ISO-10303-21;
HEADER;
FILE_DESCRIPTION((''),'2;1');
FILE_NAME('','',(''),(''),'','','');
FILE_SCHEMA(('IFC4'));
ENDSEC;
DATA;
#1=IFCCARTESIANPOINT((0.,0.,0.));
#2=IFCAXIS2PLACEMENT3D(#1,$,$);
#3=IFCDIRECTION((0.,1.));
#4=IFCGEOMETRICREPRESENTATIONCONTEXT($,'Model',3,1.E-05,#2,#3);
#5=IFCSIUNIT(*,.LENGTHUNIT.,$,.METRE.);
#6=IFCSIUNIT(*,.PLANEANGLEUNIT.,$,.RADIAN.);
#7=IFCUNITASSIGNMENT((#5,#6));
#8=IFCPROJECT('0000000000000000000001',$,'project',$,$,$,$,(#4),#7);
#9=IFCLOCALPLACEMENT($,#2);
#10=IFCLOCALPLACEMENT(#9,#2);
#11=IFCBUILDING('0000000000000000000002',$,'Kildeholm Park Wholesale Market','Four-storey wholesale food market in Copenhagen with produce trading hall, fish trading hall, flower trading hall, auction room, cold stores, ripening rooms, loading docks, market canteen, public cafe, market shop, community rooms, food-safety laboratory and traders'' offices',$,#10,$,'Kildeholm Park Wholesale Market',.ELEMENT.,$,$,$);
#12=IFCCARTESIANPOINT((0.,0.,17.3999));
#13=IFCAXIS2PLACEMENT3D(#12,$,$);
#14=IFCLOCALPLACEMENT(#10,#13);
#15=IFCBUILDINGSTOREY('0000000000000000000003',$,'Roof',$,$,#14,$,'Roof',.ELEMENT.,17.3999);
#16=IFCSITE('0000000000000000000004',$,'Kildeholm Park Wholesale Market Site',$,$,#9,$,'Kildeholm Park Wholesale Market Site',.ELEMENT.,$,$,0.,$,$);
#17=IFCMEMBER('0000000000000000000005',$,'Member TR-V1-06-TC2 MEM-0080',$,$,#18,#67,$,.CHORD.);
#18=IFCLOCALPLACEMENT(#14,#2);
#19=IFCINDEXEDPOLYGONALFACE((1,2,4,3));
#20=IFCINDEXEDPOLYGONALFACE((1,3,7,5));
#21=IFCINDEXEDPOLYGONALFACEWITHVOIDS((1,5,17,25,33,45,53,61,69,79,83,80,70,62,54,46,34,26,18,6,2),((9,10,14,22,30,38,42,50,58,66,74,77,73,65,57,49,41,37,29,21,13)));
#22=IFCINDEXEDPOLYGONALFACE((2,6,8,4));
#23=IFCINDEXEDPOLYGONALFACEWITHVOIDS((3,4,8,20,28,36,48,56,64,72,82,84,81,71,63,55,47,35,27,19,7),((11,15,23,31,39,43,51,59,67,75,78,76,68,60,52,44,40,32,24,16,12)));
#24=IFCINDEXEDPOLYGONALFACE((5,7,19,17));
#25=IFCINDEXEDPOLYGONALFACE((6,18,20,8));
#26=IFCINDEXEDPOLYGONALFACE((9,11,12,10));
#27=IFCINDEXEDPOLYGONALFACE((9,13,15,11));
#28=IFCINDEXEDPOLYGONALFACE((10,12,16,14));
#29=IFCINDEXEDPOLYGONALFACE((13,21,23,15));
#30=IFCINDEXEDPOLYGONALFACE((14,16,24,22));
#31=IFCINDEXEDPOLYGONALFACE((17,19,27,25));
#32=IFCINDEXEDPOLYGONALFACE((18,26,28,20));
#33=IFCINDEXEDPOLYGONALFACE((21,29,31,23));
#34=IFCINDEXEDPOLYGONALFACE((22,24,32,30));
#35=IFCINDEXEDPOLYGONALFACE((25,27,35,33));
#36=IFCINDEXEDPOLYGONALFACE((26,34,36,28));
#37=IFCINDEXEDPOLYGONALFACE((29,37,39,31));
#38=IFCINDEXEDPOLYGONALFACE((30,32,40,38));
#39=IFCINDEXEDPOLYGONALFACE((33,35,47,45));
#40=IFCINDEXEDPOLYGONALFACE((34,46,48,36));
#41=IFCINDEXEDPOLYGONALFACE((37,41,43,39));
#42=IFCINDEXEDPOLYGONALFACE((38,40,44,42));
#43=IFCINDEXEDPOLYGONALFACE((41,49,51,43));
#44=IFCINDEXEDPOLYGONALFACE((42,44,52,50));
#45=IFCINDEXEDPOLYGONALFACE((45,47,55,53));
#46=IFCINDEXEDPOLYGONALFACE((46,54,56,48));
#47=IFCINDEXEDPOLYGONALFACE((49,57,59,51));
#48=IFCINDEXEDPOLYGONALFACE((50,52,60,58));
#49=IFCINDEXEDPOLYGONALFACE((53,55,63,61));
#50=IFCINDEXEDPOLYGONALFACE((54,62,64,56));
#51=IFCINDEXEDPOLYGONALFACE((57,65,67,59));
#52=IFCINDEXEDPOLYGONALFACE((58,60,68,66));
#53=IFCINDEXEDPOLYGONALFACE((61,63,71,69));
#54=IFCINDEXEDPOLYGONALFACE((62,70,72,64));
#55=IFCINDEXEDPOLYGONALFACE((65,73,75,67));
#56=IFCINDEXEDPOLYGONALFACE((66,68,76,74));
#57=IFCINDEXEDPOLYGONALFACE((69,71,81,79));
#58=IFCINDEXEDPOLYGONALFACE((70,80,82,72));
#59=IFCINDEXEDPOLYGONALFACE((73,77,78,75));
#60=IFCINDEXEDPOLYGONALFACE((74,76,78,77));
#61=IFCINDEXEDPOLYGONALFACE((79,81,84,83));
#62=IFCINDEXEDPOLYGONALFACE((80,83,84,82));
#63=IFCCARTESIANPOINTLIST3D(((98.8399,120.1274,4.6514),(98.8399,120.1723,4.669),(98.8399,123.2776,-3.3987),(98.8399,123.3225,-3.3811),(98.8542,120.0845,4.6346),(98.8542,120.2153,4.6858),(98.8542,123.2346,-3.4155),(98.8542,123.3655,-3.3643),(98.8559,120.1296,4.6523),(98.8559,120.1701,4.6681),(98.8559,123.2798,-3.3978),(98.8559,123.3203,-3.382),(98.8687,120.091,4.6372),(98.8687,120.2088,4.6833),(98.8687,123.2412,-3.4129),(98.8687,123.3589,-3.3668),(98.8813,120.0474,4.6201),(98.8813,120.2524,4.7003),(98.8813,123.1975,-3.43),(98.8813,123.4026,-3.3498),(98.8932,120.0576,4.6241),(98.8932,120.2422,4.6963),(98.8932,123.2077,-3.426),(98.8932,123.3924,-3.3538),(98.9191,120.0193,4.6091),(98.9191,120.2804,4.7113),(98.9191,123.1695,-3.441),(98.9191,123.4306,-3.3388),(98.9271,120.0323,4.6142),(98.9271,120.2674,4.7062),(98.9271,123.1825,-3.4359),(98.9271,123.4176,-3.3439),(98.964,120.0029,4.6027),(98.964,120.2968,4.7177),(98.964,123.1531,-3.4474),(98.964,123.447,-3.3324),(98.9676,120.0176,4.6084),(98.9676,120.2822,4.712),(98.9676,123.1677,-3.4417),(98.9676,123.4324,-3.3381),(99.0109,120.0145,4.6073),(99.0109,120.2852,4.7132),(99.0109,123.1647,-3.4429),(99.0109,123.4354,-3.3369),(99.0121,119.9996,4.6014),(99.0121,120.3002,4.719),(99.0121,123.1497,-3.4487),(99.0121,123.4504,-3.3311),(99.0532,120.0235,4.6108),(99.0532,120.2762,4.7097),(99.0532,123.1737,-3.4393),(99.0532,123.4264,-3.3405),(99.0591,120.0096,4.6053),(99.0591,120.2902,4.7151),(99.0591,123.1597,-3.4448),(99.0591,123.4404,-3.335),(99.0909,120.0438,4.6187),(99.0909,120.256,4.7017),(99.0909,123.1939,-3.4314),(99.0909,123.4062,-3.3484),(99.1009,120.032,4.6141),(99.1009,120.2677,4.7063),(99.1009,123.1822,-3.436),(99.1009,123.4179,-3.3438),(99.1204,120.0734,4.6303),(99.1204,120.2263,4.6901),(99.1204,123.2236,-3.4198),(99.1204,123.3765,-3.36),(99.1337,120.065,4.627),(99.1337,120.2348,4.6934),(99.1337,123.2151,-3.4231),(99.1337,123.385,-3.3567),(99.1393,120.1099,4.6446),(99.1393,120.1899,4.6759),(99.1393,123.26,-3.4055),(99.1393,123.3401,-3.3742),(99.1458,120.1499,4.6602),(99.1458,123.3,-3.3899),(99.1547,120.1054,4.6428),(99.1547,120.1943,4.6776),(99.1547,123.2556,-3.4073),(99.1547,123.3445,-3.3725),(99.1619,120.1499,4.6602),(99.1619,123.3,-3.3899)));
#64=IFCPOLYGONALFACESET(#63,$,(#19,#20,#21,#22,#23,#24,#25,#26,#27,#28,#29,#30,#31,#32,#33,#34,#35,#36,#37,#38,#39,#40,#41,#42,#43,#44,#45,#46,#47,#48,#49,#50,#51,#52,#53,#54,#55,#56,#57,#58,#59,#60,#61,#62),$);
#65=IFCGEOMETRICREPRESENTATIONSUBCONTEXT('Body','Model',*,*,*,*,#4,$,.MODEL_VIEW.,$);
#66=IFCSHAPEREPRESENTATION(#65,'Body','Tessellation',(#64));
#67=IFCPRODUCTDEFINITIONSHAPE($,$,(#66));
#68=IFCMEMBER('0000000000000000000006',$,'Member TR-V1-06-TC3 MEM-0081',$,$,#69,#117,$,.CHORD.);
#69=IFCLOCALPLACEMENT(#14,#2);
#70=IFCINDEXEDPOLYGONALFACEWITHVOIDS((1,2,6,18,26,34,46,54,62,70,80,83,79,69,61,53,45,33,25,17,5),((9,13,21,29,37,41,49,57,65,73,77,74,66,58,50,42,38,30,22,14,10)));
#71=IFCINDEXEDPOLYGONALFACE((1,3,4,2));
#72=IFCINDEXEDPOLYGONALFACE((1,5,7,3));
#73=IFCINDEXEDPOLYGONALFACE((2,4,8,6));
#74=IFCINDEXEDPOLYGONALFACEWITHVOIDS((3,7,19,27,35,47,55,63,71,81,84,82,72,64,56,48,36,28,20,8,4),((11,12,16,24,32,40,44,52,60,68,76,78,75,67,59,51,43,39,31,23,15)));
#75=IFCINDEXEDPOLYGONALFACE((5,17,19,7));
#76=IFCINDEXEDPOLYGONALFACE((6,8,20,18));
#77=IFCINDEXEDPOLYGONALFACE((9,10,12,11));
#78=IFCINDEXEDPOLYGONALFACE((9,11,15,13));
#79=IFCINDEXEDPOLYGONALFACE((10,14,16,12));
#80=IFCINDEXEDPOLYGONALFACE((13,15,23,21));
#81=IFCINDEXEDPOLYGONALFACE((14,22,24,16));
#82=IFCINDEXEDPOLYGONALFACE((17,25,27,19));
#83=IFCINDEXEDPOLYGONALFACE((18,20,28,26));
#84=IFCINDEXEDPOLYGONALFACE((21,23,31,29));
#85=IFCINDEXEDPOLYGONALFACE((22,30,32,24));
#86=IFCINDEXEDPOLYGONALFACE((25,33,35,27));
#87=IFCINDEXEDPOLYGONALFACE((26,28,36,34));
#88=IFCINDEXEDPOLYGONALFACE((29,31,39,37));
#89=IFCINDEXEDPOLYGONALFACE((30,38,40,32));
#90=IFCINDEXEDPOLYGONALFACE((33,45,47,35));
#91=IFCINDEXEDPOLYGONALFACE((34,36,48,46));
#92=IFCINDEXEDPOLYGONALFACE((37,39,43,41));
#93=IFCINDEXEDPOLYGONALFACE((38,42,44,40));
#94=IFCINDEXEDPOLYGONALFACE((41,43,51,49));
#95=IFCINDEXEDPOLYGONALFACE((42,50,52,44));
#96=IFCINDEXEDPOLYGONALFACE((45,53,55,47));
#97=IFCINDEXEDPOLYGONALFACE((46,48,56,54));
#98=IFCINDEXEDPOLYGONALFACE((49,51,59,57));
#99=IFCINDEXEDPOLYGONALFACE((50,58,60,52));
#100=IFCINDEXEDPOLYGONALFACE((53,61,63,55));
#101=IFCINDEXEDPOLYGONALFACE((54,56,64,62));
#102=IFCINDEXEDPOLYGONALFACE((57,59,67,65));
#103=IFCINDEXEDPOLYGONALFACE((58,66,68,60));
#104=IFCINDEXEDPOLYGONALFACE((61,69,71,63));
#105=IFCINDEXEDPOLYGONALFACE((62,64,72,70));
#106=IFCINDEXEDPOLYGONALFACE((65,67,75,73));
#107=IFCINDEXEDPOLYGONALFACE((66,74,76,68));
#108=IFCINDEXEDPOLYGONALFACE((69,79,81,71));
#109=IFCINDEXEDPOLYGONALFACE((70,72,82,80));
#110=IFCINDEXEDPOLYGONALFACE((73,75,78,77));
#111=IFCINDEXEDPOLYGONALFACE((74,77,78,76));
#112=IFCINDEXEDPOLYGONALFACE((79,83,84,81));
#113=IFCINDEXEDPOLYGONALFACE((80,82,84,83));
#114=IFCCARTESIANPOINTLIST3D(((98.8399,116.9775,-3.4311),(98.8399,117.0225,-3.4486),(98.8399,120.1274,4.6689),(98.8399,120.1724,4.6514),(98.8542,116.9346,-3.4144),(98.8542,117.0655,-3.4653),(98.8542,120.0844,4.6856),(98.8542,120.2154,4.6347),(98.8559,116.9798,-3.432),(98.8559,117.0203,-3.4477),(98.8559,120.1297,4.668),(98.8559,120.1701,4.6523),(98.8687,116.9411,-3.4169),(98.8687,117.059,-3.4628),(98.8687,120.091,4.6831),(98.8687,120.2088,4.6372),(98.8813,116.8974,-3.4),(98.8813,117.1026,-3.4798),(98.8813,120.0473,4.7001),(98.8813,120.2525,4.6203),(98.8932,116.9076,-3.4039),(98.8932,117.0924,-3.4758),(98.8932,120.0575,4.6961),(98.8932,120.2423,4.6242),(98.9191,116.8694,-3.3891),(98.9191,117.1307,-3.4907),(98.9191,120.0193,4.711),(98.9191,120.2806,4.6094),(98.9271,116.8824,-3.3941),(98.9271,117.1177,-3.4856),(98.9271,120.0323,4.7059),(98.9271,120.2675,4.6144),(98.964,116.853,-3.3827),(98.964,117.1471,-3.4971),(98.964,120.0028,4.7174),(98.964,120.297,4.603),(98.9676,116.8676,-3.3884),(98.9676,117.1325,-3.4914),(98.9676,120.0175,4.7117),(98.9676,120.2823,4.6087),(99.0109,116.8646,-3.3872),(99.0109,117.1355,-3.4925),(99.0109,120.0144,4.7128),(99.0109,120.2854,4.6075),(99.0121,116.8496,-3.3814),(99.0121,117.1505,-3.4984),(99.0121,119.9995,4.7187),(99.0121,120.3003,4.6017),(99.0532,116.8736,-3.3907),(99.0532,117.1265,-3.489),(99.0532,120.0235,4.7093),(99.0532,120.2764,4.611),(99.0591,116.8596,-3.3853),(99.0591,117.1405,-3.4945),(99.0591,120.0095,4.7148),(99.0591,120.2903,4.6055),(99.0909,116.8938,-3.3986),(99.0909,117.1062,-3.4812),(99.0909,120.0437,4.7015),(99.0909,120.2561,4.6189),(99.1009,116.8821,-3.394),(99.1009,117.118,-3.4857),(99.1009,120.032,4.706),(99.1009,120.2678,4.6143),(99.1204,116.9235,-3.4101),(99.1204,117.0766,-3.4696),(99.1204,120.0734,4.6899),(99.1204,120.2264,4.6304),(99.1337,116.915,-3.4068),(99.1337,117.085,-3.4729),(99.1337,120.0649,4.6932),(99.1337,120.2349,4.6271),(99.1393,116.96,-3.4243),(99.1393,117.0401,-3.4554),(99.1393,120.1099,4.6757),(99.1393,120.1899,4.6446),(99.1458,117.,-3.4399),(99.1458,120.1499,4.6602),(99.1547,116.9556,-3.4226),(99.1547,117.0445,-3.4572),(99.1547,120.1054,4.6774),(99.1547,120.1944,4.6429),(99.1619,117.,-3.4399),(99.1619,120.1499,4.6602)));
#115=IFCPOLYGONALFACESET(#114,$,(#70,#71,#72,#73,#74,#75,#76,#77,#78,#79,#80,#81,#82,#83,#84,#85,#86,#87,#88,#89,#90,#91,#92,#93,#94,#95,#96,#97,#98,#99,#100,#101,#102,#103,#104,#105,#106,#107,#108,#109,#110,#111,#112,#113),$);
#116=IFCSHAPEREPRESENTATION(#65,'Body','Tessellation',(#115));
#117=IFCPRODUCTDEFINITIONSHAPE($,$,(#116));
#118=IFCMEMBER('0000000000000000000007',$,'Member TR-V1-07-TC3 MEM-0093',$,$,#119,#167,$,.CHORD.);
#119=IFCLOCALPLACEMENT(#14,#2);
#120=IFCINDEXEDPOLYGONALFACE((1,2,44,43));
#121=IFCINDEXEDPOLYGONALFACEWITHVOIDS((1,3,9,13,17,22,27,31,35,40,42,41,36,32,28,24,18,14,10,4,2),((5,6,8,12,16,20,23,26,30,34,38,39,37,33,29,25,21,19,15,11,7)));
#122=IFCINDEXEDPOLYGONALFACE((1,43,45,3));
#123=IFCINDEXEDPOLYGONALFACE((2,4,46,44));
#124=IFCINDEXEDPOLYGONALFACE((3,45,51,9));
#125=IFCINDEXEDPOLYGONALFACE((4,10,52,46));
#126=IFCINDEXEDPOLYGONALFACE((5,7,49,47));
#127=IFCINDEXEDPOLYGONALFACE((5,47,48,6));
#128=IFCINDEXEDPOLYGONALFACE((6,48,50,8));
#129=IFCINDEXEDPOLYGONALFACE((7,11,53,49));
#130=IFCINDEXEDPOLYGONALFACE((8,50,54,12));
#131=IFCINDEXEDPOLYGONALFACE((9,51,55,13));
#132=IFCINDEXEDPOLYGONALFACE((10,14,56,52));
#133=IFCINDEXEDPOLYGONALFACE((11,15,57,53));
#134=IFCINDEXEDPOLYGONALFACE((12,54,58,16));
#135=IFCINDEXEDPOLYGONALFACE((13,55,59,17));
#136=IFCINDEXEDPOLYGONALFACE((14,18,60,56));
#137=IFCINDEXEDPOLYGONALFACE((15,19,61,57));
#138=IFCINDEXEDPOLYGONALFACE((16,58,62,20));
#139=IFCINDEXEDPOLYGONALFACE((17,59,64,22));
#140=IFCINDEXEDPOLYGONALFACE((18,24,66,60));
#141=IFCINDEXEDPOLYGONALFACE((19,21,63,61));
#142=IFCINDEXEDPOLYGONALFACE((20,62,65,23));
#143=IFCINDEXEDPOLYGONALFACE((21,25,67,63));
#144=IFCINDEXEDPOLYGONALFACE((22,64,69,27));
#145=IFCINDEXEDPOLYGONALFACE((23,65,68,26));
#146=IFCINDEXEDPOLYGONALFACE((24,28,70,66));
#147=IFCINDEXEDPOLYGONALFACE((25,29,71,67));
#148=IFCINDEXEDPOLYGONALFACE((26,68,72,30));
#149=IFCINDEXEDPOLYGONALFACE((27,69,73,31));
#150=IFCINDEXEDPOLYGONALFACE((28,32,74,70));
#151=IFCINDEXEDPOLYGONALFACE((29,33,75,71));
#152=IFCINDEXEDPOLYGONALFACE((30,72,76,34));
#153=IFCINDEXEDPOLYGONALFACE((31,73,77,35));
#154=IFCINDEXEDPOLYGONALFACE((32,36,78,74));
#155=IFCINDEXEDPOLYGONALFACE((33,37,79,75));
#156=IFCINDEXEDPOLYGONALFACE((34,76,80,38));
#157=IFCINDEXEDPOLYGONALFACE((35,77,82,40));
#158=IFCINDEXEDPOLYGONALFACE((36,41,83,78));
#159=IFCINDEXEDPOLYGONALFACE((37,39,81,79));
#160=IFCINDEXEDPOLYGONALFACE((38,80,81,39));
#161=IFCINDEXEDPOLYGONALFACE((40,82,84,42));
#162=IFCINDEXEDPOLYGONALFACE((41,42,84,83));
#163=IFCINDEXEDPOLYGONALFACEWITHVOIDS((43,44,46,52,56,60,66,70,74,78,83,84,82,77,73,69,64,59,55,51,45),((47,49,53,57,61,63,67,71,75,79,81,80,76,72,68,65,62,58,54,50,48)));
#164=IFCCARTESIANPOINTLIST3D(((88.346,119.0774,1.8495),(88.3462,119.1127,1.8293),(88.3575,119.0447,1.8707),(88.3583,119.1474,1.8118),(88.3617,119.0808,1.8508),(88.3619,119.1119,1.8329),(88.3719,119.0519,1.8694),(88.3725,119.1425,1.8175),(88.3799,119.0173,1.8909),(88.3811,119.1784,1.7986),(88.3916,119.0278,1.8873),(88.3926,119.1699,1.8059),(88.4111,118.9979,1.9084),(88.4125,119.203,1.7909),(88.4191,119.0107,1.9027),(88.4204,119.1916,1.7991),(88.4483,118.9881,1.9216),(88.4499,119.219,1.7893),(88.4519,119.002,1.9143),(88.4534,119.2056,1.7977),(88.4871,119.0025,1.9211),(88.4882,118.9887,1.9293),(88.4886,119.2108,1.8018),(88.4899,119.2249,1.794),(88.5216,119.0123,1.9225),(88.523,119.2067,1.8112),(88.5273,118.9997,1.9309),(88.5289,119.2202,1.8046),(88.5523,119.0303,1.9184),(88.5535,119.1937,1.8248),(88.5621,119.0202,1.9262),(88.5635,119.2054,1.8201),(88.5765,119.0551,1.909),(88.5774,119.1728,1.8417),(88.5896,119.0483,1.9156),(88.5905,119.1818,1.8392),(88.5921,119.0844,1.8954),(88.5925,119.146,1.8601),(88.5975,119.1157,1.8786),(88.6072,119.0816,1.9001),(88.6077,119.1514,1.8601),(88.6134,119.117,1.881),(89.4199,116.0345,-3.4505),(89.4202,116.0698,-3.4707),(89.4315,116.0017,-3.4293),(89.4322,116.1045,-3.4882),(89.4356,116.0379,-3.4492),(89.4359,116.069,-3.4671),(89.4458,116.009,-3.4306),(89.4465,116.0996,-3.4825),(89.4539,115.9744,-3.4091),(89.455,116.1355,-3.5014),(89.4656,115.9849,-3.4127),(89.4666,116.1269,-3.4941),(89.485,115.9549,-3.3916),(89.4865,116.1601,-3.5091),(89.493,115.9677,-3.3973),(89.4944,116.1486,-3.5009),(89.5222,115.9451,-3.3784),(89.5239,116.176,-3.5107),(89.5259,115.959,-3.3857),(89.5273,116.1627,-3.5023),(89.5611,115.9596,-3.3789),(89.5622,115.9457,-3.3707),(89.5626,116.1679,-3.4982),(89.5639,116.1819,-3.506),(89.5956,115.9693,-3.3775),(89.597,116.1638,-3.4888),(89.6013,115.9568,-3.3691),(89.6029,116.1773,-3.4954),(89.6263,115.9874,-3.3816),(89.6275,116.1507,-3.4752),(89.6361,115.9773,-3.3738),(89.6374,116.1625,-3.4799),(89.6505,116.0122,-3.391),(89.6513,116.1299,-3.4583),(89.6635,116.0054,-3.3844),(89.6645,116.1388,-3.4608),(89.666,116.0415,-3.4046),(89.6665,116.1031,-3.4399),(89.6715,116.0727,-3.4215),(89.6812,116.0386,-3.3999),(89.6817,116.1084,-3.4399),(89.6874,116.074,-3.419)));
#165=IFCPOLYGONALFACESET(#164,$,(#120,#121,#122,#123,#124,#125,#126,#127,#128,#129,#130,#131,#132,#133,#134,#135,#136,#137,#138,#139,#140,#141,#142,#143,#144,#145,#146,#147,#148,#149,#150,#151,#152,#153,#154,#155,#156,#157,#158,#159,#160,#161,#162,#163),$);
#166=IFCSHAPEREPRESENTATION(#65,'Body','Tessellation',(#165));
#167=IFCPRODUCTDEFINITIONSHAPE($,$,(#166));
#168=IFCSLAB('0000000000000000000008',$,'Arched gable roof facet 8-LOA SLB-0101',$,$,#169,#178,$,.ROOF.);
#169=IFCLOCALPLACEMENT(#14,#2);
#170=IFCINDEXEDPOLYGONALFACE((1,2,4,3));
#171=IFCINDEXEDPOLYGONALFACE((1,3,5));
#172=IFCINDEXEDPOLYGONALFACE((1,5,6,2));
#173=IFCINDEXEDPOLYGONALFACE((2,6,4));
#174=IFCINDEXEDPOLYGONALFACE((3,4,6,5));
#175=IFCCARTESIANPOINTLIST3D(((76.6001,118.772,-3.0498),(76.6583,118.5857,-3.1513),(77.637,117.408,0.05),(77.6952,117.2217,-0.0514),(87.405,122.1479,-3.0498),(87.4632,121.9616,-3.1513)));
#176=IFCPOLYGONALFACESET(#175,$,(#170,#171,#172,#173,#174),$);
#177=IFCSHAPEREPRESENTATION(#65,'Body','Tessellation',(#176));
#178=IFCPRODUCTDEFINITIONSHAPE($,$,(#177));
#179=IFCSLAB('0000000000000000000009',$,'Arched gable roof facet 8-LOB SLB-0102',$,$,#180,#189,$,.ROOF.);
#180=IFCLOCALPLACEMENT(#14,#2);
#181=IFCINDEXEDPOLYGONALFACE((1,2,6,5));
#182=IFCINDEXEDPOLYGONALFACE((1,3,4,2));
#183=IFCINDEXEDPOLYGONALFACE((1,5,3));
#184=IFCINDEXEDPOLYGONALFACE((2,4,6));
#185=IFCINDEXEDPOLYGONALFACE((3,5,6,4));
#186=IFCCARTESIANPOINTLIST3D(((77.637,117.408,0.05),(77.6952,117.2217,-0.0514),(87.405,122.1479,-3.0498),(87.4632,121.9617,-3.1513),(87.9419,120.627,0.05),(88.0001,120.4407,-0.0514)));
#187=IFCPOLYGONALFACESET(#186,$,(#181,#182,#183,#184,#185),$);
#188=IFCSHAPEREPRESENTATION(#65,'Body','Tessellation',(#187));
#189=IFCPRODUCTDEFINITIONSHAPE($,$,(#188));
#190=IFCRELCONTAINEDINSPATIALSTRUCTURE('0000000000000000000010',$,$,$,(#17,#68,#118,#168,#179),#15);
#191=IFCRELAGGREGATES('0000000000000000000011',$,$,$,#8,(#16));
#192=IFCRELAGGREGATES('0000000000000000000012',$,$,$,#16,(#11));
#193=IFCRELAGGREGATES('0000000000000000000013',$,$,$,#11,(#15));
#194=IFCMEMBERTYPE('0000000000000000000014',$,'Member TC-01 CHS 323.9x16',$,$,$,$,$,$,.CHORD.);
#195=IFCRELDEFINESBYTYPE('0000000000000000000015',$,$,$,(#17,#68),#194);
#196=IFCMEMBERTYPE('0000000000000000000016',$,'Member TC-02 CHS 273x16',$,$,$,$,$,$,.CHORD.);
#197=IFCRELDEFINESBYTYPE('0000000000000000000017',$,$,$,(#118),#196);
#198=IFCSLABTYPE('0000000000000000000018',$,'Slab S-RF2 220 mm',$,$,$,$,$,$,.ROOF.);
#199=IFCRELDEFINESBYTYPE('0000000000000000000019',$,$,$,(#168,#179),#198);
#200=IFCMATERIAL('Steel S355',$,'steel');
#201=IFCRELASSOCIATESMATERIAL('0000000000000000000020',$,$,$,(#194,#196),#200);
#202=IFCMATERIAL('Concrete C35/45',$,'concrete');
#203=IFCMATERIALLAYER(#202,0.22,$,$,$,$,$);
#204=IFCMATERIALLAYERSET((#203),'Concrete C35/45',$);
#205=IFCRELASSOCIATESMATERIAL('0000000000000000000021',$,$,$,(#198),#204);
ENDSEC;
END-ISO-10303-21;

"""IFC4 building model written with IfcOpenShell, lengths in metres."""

from ifc_helpers import new_model, si_unit, direction, frame, origin, origin_2d, place, context, subcontext, project, spatial, polyline, hollow_circle, outline, extrude, material, layer, layer_set, material_profile, profile_set, type_object, element, save


model = new_model("IFC4")

# Units and contexts
model_context = context("Model", 3, precision=1e-05, world=origin(), true_north=direction((0.0, 1.0)))
body_context = subcontext(model_context, "Body", "Model", "MODEL_VIEW")
ifc_project = project(units=[si_unit("LENGTHUNIT", "METRE"), si_unit("PLANEANGLEUNIT", "RADIAN")], contexts=[model_context])

# Site, building, storey
site_placement = place(None, origin())
site = spatial("IfcSite", under=ifc_project, at=site_placement, Name="Kildeholm Park Wholesale Market Site", LongName="Kildeholm Park Wholesale Market Site", CompositionType="ELEMENT", RefElevation=0.0)
building_placement = place(site_placement, origin())
building = spatial("IfcBuilding", under=site, at=building_placement, Name="Kildeholm Park Wholesale Market", Description="Four-storey wholesale food market in Copenhagen with produce trading hall, fish trading hall, flower trading hall, auction room, cold stores, ripening rooms, loading docks, market canteen, public cafe, market shop, community rooms, food-safety laboratory and traders' offices", LongName="Kildeholm Park Wholesale Market", CompositionType="ELEMENT")
storey_placement = place(building_placement, frame((0.0, 0.0, 17.3999)))
storey = spatial("IfcBuildingStorey", under=building, at=storey_placement, Name="Roof", LongName="Roof", CompositionType="ELEMENT", Elevation=17.3999)

# Shared definitions
ifc_material_1 = material(Name="Steel S355", Category="steel")

# Members
ifc_material_profile_1 = material_profile(ifc_material_1, hollow_circle(Radius=0.1619, WallThickness=0.0161, at=origin_2d()), Name="CHS 323.9x16")
ifc_profile_set_1 = profile_set([ifc_material_profile_1], Name="Steel S355")
member_type_1 = type_object("IfcMemberType", Name="Member TC-01 CHS 323.9x16", PredefinedType="CHORD", material=ifc_profile_set_1)
member_1_placement = place(storey_placement, frame((99.0, 123.3, -3.3899), z_axis=(0.0, -0.364412, 0.931238), x_axis=(1.0, 0.0, 0.0)))
element("IfcMember", 1, at=member_1_placement, inside=storey, type_object=member_type_1, Name="Member TR-V1-06-TC2 MEM-0080", PredefinedType="CHORD", context=body_context, shape_type="SweptSolid", body=[
    extrude(hollow_circle(Radius=0.1619, WallThickness=0.0161, at=origin_2d()), origin(), (0.0, 0.0, 1.0), 8.6445),
])
member_2_placement = place(storey_placement, frame((99.0, 120.1499, 4.6602), z_axis=(0.0, -0.362433, -0.93201), x_axis=(1.0, 0.0, 0.0)))
element("IfcMember", 2, at=member_2_placement, inside=storey, type_object=member_type_1, Name="Member TR-V1-06-TC3 MEM-0081", PredefinedType="CHORD", context=body_context, shape_type="SweptSolid", body=[
    extrude(hollow_circle(Radius=0.1619, WallThickness=0.0161, at=origin_2d()), origin(), (0.0, 0.0, 1.0), 8.6909),
])
ifc_material_profile_2 = material_profile(ifc_material_1, hollow_circle(Radius=0.1365, WallThickness=0.0161, at=origin_2d()), Name="CHS 273x16")
ifc_profile_set_2 = profile_set([ifc_material_profile_2], Name="Steel S355")
member_type_2 = type_object("IfcMemberType", Name="Member TC-02 CHS 273x16", PredefinedType="CHORD", material=ifc_profile_set_2)
member_3_placement = place(storey_placement, frame((88.479, 119.106, 1.8601), z_axis=(0.173079, -0.490396, -0.85414), x_axis=(0.942992, 0.332816, 0.0)))
element("IfcMember", 3, at=member_3_placement, inside=storey, type_object=member_type_2, Name="Member TR-V1-07-TC3 MEM-0093", PredefinedType="CHORD", context=body_context, shape_type="SweptSolid", body=[
    extrude(hollow_circle(Radius=0.1365, WallThickness=0.0161, at=origin_2d()), origin(), (0.0, 0.0, 1.0), 6.2051),
])

# Slabs
ifc_material_2 = material(Name="Concrete C35/45", Category="concrete")
ifc_layer_1 = layer(ifc_material_2, 0.22)
ifc_layer_set_1 = layer_set([ifc_layer_1], Name="Concrete C35/45")
slab_type = type_object("IfcSlabType", Name="Slab S-RF2 220 mm", PredefinedType="ROOF", material=ifc_layer_set_1)
slab_1_placement = place(storey_placement, frame((87.405, 122.1479, -3.0498), z_axis=(-0.264621, 0.846928, 0.461182), x_axis=(-0.954494, -0.29823, 0.0)))
element("IfcSlab", 4, at=slab_1_placement, inside=storey, type_object=slab_type, Name="Arched gable roof facet 8-LOA SLB-0101", PredefinedType="ROOF", context=body_context, shape_type="SweptSolid", body=[
    extrude(outline(polyline([(0.0, 0.0), (11.3201, 0.0), (10.7372, 3.4936), (0.0, 0.0)])), origin(), (0.0, 0.0, -1.0), 0.22),
])
slab_2_placement = place(storey_placement, frame((87.405, 122.1479, -3.0498), z_axis=(-0.264539, 0.846865, 0.461344), x_axis=(-0.865103, -0.419794, 0.274537)))
element("IfcSlab", 5, at=slab_2_placement, inside=storey, type_object=slab_type, Name="Arched gable roof facet 8-LOB SLB-0102", PredefinedType="ROOF", context=body_context, shape_type="SweptSolid", body=[
    extrude(outline(polyline([(0.0, 0.0), (11.2912, 0.0), (1.0251, 3.3407), (0.0, 0.0)])), origin(), (0.0, 0.0, -1.0), 0.22),
])

save(model, "model.ifc")
